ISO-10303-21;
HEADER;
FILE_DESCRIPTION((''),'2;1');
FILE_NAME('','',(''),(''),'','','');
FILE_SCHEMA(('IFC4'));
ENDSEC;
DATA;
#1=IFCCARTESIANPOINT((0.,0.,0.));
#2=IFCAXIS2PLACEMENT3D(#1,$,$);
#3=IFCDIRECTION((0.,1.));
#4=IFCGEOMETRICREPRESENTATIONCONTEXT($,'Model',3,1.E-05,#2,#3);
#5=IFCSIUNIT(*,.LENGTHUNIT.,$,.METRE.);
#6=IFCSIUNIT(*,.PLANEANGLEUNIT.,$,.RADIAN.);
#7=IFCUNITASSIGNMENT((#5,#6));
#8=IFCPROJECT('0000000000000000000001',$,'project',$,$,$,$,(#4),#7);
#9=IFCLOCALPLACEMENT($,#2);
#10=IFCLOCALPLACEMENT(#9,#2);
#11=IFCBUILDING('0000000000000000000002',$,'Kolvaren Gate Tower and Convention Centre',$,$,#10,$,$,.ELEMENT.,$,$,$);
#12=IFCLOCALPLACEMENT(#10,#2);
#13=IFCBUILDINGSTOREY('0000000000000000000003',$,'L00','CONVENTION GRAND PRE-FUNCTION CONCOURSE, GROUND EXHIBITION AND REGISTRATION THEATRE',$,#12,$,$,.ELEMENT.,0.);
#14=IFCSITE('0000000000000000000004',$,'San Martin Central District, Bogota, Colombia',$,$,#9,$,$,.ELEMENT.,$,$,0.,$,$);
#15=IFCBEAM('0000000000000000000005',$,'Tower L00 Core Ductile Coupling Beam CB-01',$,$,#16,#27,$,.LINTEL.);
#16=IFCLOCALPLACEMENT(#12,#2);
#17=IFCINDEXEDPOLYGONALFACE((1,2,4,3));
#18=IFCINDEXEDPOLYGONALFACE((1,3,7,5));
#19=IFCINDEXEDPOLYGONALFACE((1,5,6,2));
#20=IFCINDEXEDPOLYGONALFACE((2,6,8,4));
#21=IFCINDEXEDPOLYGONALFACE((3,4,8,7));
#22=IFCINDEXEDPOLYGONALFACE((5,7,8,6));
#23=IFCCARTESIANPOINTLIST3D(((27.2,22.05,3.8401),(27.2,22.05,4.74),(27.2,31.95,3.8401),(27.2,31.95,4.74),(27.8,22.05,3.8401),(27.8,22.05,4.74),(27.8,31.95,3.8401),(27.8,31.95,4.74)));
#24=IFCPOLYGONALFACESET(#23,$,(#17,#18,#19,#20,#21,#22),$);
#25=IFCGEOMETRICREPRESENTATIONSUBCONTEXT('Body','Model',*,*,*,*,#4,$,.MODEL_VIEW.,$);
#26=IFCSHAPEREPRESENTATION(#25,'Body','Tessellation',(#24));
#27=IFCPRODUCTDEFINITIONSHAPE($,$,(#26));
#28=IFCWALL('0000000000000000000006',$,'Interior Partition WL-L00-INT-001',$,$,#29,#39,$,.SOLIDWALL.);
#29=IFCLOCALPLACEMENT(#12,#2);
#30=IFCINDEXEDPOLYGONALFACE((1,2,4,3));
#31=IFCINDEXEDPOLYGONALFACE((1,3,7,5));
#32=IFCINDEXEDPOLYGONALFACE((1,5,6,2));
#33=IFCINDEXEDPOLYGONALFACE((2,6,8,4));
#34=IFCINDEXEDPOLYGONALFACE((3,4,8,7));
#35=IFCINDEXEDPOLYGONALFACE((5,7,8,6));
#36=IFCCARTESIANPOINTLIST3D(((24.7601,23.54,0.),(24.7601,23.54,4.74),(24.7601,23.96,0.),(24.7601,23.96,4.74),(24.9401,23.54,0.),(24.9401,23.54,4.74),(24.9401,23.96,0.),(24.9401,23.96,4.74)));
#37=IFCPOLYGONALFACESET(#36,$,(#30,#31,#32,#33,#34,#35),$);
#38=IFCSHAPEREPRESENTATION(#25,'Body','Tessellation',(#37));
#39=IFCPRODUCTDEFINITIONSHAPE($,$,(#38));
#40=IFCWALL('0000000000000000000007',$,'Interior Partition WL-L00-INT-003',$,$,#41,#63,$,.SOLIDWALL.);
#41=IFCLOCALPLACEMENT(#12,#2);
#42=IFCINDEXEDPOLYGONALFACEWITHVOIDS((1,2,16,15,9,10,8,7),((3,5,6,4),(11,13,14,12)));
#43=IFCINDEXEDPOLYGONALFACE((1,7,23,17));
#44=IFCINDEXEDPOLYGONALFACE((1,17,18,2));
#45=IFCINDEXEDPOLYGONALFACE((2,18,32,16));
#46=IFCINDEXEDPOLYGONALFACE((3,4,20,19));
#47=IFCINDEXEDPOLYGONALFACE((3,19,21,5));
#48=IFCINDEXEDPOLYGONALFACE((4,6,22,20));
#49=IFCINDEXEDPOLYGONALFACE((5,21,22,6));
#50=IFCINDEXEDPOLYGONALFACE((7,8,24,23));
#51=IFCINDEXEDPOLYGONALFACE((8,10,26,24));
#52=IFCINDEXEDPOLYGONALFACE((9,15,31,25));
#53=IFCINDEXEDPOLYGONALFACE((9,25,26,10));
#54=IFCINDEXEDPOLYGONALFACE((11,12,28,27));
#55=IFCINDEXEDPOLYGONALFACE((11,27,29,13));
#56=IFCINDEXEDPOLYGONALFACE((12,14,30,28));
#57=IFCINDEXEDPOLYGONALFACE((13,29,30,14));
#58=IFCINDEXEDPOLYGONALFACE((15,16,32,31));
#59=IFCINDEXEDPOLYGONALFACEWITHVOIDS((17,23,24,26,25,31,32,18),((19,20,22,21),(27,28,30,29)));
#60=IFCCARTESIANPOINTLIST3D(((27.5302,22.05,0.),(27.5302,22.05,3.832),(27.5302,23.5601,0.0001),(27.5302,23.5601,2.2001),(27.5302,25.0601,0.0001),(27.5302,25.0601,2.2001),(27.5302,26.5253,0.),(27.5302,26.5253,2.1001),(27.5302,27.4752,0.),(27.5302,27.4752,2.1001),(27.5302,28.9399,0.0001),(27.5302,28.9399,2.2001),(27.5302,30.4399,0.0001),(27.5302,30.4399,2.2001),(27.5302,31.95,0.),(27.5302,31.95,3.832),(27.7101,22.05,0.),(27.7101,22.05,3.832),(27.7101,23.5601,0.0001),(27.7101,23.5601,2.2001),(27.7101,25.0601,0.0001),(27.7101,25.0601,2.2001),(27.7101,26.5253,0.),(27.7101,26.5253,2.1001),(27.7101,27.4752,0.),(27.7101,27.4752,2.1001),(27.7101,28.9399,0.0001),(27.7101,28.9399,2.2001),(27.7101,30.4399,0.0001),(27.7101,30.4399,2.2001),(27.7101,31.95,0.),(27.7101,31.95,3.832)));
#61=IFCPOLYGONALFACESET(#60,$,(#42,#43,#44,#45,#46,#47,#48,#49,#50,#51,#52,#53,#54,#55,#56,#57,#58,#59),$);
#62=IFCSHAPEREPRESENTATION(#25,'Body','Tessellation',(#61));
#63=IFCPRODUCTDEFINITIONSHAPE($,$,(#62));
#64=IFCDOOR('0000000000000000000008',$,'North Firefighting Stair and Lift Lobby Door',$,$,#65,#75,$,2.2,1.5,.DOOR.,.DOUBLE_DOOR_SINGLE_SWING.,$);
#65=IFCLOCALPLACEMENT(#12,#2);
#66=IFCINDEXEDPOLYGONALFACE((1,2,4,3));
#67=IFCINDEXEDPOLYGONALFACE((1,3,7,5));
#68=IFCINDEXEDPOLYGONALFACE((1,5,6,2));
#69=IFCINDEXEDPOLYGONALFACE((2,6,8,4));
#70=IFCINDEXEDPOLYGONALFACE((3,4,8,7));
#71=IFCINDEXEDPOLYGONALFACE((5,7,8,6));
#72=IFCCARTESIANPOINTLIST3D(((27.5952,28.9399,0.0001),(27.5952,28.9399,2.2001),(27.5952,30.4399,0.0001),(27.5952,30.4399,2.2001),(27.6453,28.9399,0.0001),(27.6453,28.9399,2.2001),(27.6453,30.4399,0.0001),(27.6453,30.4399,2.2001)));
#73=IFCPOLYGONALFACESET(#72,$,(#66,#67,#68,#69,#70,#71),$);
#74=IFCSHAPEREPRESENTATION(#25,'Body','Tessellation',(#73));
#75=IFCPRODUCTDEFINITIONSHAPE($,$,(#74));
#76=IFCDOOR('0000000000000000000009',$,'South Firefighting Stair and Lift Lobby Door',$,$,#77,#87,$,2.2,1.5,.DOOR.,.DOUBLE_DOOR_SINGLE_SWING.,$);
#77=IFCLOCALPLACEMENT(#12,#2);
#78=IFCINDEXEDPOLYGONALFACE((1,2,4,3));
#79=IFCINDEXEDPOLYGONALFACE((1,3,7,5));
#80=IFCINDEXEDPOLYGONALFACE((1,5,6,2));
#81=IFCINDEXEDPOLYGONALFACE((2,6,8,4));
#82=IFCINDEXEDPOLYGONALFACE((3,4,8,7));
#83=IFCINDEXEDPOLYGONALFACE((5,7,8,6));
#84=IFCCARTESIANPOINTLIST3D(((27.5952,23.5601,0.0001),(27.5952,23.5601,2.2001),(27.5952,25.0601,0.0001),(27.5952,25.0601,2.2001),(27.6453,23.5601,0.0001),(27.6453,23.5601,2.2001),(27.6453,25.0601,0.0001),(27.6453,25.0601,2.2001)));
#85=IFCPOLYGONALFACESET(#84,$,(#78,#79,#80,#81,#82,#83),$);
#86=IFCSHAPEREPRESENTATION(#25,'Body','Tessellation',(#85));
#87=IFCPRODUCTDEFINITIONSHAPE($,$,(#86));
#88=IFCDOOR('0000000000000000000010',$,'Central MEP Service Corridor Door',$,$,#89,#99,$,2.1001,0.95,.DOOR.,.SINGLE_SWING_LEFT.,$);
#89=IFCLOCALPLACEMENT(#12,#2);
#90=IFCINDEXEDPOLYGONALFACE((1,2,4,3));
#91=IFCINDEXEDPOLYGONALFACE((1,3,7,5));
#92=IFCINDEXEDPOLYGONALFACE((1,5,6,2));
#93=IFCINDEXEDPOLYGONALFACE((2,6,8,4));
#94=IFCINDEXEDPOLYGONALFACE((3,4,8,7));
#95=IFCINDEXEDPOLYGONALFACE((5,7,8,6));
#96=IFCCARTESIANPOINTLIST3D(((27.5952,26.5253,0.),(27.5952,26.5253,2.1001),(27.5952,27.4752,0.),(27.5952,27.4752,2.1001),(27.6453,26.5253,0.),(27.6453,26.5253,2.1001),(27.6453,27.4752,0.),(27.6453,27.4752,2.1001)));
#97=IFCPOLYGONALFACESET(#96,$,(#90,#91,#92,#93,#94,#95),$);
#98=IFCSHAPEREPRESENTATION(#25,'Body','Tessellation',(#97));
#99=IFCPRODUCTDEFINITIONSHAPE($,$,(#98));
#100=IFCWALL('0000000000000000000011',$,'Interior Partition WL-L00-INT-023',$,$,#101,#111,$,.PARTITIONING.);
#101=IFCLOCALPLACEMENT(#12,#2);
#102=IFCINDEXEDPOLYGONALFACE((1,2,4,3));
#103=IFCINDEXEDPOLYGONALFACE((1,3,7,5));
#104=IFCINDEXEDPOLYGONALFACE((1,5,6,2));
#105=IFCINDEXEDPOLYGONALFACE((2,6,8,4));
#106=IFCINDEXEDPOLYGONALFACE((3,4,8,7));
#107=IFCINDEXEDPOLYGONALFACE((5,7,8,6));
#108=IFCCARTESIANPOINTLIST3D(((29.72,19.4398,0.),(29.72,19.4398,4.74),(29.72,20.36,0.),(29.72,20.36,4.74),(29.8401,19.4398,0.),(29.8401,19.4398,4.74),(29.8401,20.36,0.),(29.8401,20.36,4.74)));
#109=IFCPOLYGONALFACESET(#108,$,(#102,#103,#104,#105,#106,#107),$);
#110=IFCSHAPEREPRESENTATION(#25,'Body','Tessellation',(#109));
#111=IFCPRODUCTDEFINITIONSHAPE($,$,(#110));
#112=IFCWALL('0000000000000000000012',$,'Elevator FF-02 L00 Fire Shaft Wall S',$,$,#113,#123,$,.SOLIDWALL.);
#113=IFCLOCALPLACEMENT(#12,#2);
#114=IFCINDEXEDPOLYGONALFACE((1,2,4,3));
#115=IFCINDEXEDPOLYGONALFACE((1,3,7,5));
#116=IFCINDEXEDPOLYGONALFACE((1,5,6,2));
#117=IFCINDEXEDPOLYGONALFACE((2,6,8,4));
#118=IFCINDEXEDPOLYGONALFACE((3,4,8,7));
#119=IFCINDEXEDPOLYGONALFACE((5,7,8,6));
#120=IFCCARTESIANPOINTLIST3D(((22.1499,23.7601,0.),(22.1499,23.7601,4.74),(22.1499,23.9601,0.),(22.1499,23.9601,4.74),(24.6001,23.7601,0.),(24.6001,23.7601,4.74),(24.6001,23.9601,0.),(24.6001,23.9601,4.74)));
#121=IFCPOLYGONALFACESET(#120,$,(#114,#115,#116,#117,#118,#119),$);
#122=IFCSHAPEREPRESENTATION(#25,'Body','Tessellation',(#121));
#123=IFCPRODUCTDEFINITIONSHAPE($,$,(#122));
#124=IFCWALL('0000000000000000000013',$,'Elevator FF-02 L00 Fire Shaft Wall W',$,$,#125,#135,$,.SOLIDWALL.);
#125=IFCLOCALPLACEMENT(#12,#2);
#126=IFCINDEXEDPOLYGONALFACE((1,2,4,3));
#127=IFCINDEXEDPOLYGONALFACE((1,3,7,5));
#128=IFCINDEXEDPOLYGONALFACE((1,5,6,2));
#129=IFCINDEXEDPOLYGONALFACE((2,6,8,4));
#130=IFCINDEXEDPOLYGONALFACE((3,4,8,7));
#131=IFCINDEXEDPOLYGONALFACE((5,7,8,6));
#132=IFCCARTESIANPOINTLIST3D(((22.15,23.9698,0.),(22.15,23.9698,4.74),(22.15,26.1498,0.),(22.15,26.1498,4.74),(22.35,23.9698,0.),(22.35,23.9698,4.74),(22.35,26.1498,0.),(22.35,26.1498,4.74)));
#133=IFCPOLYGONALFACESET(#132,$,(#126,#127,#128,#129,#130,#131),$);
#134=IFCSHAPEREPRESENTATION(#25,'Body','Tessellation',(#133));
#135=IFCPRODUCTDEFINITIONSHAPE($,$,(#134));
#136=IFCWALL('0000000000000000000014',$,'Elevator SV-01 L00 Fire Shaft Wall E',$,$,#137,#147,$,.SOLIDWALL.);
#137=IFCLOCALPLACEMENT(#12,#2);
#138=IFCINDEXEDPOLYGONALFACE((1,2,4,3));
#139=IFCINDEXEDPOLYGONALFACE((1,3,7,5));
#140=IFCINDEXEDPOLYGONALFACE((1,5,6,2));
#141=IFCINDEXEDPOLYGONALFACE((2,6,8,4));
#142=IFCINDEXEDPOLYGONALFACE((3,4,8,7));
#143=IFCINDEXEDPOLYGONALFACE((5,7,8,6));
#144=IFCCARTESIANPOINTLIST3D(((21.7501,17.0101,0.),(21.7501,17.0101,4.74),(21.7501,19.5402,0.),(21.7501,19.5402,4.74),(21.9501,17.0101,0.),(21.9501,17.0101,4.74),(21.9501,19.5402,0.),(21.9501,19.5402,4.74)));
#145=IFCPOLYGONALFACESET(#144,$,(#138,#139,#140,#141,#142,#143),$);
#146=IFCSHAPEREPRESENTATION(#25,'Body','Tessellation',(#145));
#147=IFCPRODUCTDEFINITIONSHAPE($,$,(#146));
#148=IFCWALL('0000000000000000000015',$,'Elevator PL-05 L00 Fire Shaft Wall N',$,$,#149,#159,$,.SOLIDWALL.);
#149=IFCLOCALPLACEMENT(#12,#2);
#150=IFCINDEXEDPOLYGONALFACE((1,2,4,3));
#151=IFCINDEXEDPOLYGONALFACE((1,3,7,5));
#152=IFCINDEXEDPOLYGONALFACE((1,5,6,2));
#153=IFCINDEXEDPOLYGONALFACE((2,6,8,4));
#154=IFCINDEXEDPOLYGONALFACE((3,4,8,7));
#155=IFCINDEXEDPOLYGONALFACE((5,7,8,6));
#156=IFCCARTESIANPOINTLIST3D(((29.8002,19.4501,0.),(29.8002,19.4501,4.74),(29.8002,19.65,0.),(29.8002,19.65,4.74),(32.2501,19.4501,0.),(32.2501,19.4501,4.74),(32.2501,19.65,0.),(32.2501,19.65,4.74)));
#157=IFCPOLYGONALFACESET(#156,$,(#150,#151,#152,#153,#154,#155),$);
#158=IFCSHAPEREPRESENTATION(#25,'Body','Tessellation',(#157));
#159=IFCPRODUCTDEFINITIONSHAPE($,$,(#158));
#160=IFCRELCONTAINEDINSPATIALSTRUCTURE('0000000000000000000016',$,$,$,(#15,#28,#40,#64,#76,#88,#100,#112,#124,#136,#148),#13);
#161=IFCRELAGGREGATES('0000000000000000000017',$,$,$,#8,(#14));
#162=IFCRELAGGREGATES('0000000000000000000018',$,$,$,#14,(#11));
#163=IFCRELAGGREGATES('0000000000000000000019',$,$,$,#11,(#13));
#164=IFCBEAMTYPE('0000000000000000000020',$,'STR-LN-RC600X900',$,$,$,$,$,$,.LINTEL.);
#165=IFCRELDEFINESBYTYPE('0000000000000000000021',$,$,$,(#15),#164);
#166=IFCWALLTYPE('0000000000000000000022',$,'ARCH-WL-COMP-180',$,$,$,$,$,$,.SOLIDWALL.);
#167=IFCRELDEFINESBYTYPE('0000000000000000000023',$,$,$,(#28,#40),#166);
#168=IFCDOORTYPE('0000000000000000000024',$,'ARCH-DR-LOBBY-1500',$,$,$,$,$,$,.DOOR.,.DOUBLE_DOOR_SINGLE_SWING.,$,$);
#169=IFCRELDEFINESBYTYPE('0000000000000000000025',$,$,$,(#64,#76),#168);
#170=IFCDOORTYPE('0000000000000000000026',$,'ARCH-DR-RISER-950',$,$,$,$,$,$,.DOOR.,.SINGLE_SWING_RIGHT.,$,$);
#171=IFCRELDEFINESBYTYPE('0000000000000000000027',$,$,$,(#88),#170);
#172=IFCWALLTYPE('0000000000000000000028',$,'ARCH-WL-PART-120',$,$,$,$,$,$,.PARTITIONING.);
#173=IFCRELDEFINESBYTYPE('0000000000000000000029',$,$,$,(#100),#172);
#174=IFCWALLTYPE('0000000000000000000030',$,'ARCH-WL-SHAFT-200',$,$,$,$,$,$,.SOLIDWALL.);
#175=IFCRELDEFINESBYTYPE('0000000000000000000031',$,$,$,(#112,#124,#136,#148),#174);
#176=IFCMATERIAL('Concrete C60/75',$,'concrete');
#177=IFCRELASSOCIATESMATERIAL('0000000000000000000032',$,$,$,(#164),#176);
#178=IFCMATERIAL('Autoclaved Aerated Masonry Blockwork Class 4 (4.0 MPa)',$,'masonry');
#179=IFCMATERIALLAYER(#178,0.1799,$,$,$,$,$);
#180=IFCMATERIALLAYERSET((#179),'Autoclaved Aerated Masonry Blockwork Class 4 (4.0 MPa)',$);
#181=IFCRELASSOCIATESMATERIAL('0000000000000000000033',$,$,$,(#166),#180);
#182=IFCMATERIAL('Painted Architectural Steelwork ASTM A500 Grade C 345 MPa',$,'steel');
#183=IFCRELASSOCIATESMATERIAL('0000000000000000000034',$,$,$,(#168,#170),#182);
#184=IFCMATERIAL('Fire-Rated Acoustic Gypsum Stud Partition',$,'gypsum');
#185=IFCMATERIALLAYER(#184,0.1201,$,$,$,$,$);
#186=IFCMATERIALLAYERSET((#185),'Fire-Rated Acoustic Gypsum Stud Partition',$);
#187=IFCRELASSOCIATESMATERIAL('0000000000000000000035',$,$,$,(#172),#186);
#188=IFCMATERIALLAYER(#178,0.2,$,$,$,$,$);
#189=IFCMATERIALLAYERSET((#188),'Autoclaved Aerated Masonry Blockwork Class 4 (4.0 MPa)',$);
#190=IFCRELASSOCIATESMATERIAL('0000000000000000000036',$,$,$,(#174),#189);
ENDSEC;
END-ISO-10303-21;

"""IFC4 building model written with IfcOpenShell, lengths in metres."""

from ifc_helpers import new_model, si_unit, direction, frame, frame_2d, origin, origin_2d, place, context, subcontext, project, spatial, rectangle, extrude, material, layer, layer_set, material_profile, profile_set, type_object, element, fill, save


model = new_model("IFC4")

# Units and contexts
model_context = context("Model", 3, precision=1e-05, world=origin(), true_north=direction((0.0, 1.0)))
body_context = subcontext(model_context, "Body", "Model", "MODEL_VIEW")
ifc_project = project(units=[si_unit("LENGTHUNIT", "METRE"), si_unit("PLANEANGLEUNIT", "RADIAN")], contexts=[model_context])

# Site, building, storey
site_placement = place(None, origin())
site = spatial("IfcSite", under=ifc_project, at=site_placement, Name="San Martin Central District, Bogota, Colombia", CompositionType="ELEMENT", RefElevation=0.0)
building_placement = place(site_placement, origin())
building = spatial("IfcBuilding", under=site, at=building_placement, Name="Kolvaren Gate Tower and Convention Centre", CompositionType="ELEMENT")
storey_placement = place(building_placement, origin())
storey = spatial("IfcBuildingStorey", under=building, at=storey_placement, Name="L00", Description="CONVENTION GRAND PRE-FUNCTION CONCOURSE, GROUND EXHIBITION AND REGISTRATION THEATRE", CompositionType="ELEMENT", Elevation=0.0)

# Beam
ifc_material_1 = material(Name="Concrete C60/75", Category="concrete")
ifc_material_profile = material_profile(ifc_material_1, rectangle(XDim=0.6001, YDim=0.8999, at=origin_2d()), Name="RC-BM-600X900")
ifc_profile_set = profile_set([ifc_material_profile], Name="Concrete C60/75")
beam_type = type_object("IfcBeamType", Name="STR-LN-RC600X900", PredefinedType="LINTEL", material=ifc_profile_set)
beam_placement = place(storey_placement, frame((27.5, 22.05, 4.29), z_axis=(0.0, 1.0, 0.0), x_axis=(-1.0, 0.0, 0.0)))
element("IfcBeam", 1, at=beam_placement, inside=storey, type_object=beam_type, Name="Tower L00 Core Ductile Coupling Beam CB-01", PredefinedType="LINTEL", context=body_context, shape_type="SweptSolid", body=[
    extrude(rectangle(XDim=0.6001, YDim=0.8999, at=origin_2d()), origin(), (0.0, 0.0, 1.0), 9.8999),
])

# Wall
ifc_material_2 = material(Name="Autoclaved Aerated Masonry Blockwork Class 4 (4.0 MPa)", Category="masonry")
ifc_layer_1 = layer(ifc_material_2, 0.1799)
ifc_layer_set_1 = layer_set([ifc_layer_1], Name="Autoclaved Aerated Masonry Blockwork Class 4 (4.0 MPa)")
wall_type_1 = type_object("IfcWallType", Name="ARCH-WL-COMP-180", PredefinedType="SOLIDWALL", material=ifc_layer_set_1)
wall_1_placement = place(storey_placement, frame((24.8501, 23.54, 0.0), z_axis=(0.0, 0.0, 1.0), x_axis=(0.0, 1.0, 0.0)))
element("IfcWall", 2, at=wall_1_placement, inside=storey, type_object=wall_type_1, Name="Interior Partition WL-L00-INT-001", PredefinedType="SOLIDWALL", context=body_context, shape_type="SweptSolid", body=[
    extrude(rectangle(XDim=0.4199, YDim=0.1799, at=frame_2d((0.21, 0.0))), origin(), (0.0, 0.0, 1.0), 4.74),
])

# Wall, openings, doors
wall_2_placement = place(storey_placement, frame((27.6201, 22.05, 0.0), z_axis=(0.0, 0.0, 1.0), x_axis=(0.0, 1.0, 0.0)))
wall_2 = element("IfcWall", 3, at=wall_2_placement, inside=storey, type_object=wall_type_1, Name="Interior Partition WL-L00-INT-003", PredefinedType="SOLIDWALL", context=body_context, shape_type="SweptSolid", body=[
    extrude(rectangle(XDim=9.8999, YDim=0.1799, at=frame_2d((4.95, 0.0))), origin(), (0.0, 0.0, 1.0), 3.832),
])
opening_1_placement = place(wall_2_placement, frame((4.4751, 0.0, 0.0)))
opening_1 = element("IfcOpeningElement", 4, at=opening_1_placement, cuts=wall_2, PredefinedType="OPENING", context=body_context, shape_type="SweptSolid", body=[
    extrude(rectangle(XDim=0.95, YDim=2.1001, at=frame_2d((0.4751, 1.05))), frame((0.0, 0.0999, 0.0), z_axis=(0.0, -1.0, 0.0), x_axis=(1.0, 0.0, 0.0)), (0.0, 0.0, 1.0), 0.2),
])
opening_2_placement = place(wall_2_placement, frame((6.8899, 0.0, 0.0)))
opening_2 = element("IfcOpeningElement", 5, at=opening_2_placement, cuts=wall_2, PredefinedType="OPENING", context=body_context, shape_type="SweptSolid", body=[
    extrude(rectangle(XDim=1.5, YDim=2.2, at=frame_2d((0.75, 1.1001))), frame((0.0, 0.0999, 0.0), z_axis=(0.0, -1.0, 0.0), x_axis=(1.0, 0.0, 0.0)), (0.0, 0.0, 1.0), 0.2),
])
opening_3_placement = place(wall_2_placement, frame((1.51, 0.0, 0.0)))
opening_3 = element("IfcOpeningElement", 6, at=opening_3_placement, cuts=wall_2, PredefinedType="OPENING", context=body_context, shape_type="SweptSolid", body=[
    extrude(rectangle(XDim=1.5, YDim=2.2, at=frame_2d((0.75, 1.1001))), frame((0.0, 0.0999, 0.0), z_axis=(0.0, -1.0, 0.0), x_axis=(1.0, 0.0, 0.0)), (0.0, 0.0, 1.0), 0.2),
])
ifc_material_3 = material(Name="Painted Architectural Steelwork ASTM A500 Grade C 345 MPa", Category="steel")
door_type_1 = type_object("IfcDoorType", Name="ARCH-DR-LOBBY-1500", OperationType="DOUBLE_DOOR_SINGLE_SWING", PredefinedType="DOOR", material=ifc_material_3)
door_1_placement = place(opening_2_placement, origin())
door_1 = element("IfcDoor", 7, at=door_1_placement, inside=storey, type_object=door_type_1, Name="North Firefighting Stair and Lift Lobby Door", OperationType="DOUBLE_DOOR_SINGLE_SWING", OverallHeight=2.2, OverallWidth=1.5, PredefinedType="DOOR", context=body_context, shape_type="SweptSolid", body=[
    extrude(rectangle(XDim=1.5, YDim=2.2, at=frame_2d((0.75, 1.1001))), frame((0.0, 0.0249, 0.0), z_axis=(0.0, -1.0, 0.0), x_axis=(1.0, 0.0, 0.0)), (0.0, 0.0, 1.0), 0.05),
])
fill(opening_2, door_1)
door_2_placement = place(opening_3_placement, origin())
door_2 = element("IfcDoor", 8, at=door_2_placement, inside=storey, type_object=door_type_1, Name="South Firefighting Stair and Lift Lobby Door", OperationType="DOUBLE_DOOR_SINGLE_SWING", OverallHeight=2.2, OverallWidth=1.5, PredefinedType="DOOR", context=body_context, shape_type="SweptSolid", body=[
    extrude(rectangle(XDim=1.5, YDim=2.2, at=frame_2d((0.75, 1.1001))), frame((0.0, 0.0249, 0.0), z_axis=(0.0, -1.0, 0.0), x_axis=(1.0, 0.0, 0.0)), (0.0, 0.0, 1.0), 0.05),
])
fill(opening_3, door_2)
door_type_2 = type_object("IfcDoorType", Name="ARCH-DR-RISER-950", OperationType="SINGLE_SWING_RIGHT", PredefinedType="DOOR", material=ifc_material_3)
door_3_placement = place(opening_1_placement, origin())
door_3 = element("IfcDoor", 9, at=door_3_placement, inside=storey, type_object=door_type_2, Name="Central MEP Service Corridor Door", OperationType="SINGLE_SWING_LEFT", OverallHeight=2.1001, OverallWidth=0.95, PredefinedType="DOOR", context=body_context, shape_type="SweptSolid", body=[
    extrude(rectangle(XDim=0.95, YDim=2.1001, at=frame_2d((0.4751, 1.05))), frame((0.0, 0.0249, 0.0), z_axis=(0.0, -1.0, 0.0), x_axis=(1.0, 0.0, 0.0)), (0.0, 0.0, 1.0), 0.05),
])
fill(opening_1, door_3)

# Walls
ifc_material_4 = material(Name="Fire-Rated Acoustic Gypsum Stud Partition", Category="gypsum")
ifc_layer_2 = layer(ifc_material_4, 0.1201)
ifc_layer_set_2 = layer_set([ifc_layer_2], Name="Fire-Rated Acoustic Gypsum Stud Partition")
wall_type_2 = type_object("IfcWallType", Name="ARCH-WL-PART-120", PredefinedType="PARTITIONING", material=ifc_layer_set_2)
wall_3_placement = place(storey_placement, frame((29.78, 19.4399, 0.0), z_axis=(0.0, 0.0, 1.0), x_axis=(0.0, 1.0, 0.0)))
element("IfcWall", 10, at=wall_3_placement, inside=storey, type_object=wall_type_2, Name="Interior Partition WL-L00-INT-023", PredefinedType="PARTITIONING", context=body_context, shape_type="SweptSolid", body=[
    extrude(rectangle(XDim=0.9202, YDim=0.1201, at=frame_2d((0.46, 0.0))), origin(), (0.0, 0.0, 1.0), 4.74),
])
ifc_layer_3 = layer(ifc_material_2, 0.2)
ifc_layer_set_3 = layer_set([ifc_layer_3], Name="Autoclaved Aerated Masonry Blockwork Class 4 (4.0 MPa)")
wall_type_3 = type_object("IfcWallType", Name="ARCH-WL-SHAFT-200", PredefinedType="SOLIDWALL", material=ifc_layer_set_3)
wall_4_placement = place(storey_placement, frame((22.1499, 23.8601, 0.0), z_axis=(0.0, 0.0, 1.0), x_axis=(1.0, 0.0, 0.0)))
element("IfcWall", 11, at=wall_4_placement, inside=storey, type_object=wall_type_3, Name="Elevator FF-02 L00 Fire Shaft Wall S", PredefinedType="SOLIDWALL", context=body_context, shape_type="SweptSolid", body=[
    extrude(rectangle(XDim=2.4502, YDim=0.2, at=frame_2d((1.2251, 0.0))), origin(), (0.0, 0.0, 1.0), 4.74),
])
wall_5_placement = place(storey_placement, frame((22.25, 23.97, 0.0), z_axis=(0.0, 0.0, 1.0), x_axis=(0.0, 1.0, 0.0)))
element("IfcWall", 12, at=wall_5_placement, inside=storey, type_object=wall_type_3, Name="Elevator FF-02 L00 Fire Shaft Wall W", PredefinedType="SOLIDWALL", context=body_context, shape_type="SweptSolid", body=[
    extrude(rectangle(XDim=2.1799, YDim=0.2, at=frame_2d((1.0898, 0.0))), origin(), (0.0, 0.0, 1.0), 4.74),
])
wall_6_placement = place(storey_placement, frame((21.8501, 17.01, 0.0), z_axis=(0.0, 0.0, 1.0), x_axis=(0.0, 1.0, 0.0)))
element("IfcWall", 13, at=wall_6_placement, inside=storey, type_object=wall_type_3, Name="Elevator SV-01 L00 Fire Shaft Wall E", PredefinedType="SOLIDWALL", context=body_context, shape_type="SweptSolid", body=[
    extrude(rectangle(XDim=2.53, YDim=0.2, at=frame_2d((1.2651, 0.0))), origin(), (0.0, 0.0, 1.0), 4.74),
])
wall_7_placement = place(storey_placement, frame((29.8, 19.55, 0.0), z_axis=(0.0, 0.0, 1.0), x_axis=(1.0, 0.0, 0.0)))
element("IfcWall", 14, at=wall_7_placement, inside=storey, type_object=wall_type_3, Name="Elevator PL-05 L00 Fire Shaft Wall N", PredefinedType="SOLIDWALL", context=body_context, shape_type="SweptSolid", body=[
    extrude(rectangle(XDim=2.45, YDim=0.2, at=frame_2d((1.2251, 0.0))), origin(), (0.0, 0.0, 1.0), 4.74),
])

save(model, "model.ifc")
